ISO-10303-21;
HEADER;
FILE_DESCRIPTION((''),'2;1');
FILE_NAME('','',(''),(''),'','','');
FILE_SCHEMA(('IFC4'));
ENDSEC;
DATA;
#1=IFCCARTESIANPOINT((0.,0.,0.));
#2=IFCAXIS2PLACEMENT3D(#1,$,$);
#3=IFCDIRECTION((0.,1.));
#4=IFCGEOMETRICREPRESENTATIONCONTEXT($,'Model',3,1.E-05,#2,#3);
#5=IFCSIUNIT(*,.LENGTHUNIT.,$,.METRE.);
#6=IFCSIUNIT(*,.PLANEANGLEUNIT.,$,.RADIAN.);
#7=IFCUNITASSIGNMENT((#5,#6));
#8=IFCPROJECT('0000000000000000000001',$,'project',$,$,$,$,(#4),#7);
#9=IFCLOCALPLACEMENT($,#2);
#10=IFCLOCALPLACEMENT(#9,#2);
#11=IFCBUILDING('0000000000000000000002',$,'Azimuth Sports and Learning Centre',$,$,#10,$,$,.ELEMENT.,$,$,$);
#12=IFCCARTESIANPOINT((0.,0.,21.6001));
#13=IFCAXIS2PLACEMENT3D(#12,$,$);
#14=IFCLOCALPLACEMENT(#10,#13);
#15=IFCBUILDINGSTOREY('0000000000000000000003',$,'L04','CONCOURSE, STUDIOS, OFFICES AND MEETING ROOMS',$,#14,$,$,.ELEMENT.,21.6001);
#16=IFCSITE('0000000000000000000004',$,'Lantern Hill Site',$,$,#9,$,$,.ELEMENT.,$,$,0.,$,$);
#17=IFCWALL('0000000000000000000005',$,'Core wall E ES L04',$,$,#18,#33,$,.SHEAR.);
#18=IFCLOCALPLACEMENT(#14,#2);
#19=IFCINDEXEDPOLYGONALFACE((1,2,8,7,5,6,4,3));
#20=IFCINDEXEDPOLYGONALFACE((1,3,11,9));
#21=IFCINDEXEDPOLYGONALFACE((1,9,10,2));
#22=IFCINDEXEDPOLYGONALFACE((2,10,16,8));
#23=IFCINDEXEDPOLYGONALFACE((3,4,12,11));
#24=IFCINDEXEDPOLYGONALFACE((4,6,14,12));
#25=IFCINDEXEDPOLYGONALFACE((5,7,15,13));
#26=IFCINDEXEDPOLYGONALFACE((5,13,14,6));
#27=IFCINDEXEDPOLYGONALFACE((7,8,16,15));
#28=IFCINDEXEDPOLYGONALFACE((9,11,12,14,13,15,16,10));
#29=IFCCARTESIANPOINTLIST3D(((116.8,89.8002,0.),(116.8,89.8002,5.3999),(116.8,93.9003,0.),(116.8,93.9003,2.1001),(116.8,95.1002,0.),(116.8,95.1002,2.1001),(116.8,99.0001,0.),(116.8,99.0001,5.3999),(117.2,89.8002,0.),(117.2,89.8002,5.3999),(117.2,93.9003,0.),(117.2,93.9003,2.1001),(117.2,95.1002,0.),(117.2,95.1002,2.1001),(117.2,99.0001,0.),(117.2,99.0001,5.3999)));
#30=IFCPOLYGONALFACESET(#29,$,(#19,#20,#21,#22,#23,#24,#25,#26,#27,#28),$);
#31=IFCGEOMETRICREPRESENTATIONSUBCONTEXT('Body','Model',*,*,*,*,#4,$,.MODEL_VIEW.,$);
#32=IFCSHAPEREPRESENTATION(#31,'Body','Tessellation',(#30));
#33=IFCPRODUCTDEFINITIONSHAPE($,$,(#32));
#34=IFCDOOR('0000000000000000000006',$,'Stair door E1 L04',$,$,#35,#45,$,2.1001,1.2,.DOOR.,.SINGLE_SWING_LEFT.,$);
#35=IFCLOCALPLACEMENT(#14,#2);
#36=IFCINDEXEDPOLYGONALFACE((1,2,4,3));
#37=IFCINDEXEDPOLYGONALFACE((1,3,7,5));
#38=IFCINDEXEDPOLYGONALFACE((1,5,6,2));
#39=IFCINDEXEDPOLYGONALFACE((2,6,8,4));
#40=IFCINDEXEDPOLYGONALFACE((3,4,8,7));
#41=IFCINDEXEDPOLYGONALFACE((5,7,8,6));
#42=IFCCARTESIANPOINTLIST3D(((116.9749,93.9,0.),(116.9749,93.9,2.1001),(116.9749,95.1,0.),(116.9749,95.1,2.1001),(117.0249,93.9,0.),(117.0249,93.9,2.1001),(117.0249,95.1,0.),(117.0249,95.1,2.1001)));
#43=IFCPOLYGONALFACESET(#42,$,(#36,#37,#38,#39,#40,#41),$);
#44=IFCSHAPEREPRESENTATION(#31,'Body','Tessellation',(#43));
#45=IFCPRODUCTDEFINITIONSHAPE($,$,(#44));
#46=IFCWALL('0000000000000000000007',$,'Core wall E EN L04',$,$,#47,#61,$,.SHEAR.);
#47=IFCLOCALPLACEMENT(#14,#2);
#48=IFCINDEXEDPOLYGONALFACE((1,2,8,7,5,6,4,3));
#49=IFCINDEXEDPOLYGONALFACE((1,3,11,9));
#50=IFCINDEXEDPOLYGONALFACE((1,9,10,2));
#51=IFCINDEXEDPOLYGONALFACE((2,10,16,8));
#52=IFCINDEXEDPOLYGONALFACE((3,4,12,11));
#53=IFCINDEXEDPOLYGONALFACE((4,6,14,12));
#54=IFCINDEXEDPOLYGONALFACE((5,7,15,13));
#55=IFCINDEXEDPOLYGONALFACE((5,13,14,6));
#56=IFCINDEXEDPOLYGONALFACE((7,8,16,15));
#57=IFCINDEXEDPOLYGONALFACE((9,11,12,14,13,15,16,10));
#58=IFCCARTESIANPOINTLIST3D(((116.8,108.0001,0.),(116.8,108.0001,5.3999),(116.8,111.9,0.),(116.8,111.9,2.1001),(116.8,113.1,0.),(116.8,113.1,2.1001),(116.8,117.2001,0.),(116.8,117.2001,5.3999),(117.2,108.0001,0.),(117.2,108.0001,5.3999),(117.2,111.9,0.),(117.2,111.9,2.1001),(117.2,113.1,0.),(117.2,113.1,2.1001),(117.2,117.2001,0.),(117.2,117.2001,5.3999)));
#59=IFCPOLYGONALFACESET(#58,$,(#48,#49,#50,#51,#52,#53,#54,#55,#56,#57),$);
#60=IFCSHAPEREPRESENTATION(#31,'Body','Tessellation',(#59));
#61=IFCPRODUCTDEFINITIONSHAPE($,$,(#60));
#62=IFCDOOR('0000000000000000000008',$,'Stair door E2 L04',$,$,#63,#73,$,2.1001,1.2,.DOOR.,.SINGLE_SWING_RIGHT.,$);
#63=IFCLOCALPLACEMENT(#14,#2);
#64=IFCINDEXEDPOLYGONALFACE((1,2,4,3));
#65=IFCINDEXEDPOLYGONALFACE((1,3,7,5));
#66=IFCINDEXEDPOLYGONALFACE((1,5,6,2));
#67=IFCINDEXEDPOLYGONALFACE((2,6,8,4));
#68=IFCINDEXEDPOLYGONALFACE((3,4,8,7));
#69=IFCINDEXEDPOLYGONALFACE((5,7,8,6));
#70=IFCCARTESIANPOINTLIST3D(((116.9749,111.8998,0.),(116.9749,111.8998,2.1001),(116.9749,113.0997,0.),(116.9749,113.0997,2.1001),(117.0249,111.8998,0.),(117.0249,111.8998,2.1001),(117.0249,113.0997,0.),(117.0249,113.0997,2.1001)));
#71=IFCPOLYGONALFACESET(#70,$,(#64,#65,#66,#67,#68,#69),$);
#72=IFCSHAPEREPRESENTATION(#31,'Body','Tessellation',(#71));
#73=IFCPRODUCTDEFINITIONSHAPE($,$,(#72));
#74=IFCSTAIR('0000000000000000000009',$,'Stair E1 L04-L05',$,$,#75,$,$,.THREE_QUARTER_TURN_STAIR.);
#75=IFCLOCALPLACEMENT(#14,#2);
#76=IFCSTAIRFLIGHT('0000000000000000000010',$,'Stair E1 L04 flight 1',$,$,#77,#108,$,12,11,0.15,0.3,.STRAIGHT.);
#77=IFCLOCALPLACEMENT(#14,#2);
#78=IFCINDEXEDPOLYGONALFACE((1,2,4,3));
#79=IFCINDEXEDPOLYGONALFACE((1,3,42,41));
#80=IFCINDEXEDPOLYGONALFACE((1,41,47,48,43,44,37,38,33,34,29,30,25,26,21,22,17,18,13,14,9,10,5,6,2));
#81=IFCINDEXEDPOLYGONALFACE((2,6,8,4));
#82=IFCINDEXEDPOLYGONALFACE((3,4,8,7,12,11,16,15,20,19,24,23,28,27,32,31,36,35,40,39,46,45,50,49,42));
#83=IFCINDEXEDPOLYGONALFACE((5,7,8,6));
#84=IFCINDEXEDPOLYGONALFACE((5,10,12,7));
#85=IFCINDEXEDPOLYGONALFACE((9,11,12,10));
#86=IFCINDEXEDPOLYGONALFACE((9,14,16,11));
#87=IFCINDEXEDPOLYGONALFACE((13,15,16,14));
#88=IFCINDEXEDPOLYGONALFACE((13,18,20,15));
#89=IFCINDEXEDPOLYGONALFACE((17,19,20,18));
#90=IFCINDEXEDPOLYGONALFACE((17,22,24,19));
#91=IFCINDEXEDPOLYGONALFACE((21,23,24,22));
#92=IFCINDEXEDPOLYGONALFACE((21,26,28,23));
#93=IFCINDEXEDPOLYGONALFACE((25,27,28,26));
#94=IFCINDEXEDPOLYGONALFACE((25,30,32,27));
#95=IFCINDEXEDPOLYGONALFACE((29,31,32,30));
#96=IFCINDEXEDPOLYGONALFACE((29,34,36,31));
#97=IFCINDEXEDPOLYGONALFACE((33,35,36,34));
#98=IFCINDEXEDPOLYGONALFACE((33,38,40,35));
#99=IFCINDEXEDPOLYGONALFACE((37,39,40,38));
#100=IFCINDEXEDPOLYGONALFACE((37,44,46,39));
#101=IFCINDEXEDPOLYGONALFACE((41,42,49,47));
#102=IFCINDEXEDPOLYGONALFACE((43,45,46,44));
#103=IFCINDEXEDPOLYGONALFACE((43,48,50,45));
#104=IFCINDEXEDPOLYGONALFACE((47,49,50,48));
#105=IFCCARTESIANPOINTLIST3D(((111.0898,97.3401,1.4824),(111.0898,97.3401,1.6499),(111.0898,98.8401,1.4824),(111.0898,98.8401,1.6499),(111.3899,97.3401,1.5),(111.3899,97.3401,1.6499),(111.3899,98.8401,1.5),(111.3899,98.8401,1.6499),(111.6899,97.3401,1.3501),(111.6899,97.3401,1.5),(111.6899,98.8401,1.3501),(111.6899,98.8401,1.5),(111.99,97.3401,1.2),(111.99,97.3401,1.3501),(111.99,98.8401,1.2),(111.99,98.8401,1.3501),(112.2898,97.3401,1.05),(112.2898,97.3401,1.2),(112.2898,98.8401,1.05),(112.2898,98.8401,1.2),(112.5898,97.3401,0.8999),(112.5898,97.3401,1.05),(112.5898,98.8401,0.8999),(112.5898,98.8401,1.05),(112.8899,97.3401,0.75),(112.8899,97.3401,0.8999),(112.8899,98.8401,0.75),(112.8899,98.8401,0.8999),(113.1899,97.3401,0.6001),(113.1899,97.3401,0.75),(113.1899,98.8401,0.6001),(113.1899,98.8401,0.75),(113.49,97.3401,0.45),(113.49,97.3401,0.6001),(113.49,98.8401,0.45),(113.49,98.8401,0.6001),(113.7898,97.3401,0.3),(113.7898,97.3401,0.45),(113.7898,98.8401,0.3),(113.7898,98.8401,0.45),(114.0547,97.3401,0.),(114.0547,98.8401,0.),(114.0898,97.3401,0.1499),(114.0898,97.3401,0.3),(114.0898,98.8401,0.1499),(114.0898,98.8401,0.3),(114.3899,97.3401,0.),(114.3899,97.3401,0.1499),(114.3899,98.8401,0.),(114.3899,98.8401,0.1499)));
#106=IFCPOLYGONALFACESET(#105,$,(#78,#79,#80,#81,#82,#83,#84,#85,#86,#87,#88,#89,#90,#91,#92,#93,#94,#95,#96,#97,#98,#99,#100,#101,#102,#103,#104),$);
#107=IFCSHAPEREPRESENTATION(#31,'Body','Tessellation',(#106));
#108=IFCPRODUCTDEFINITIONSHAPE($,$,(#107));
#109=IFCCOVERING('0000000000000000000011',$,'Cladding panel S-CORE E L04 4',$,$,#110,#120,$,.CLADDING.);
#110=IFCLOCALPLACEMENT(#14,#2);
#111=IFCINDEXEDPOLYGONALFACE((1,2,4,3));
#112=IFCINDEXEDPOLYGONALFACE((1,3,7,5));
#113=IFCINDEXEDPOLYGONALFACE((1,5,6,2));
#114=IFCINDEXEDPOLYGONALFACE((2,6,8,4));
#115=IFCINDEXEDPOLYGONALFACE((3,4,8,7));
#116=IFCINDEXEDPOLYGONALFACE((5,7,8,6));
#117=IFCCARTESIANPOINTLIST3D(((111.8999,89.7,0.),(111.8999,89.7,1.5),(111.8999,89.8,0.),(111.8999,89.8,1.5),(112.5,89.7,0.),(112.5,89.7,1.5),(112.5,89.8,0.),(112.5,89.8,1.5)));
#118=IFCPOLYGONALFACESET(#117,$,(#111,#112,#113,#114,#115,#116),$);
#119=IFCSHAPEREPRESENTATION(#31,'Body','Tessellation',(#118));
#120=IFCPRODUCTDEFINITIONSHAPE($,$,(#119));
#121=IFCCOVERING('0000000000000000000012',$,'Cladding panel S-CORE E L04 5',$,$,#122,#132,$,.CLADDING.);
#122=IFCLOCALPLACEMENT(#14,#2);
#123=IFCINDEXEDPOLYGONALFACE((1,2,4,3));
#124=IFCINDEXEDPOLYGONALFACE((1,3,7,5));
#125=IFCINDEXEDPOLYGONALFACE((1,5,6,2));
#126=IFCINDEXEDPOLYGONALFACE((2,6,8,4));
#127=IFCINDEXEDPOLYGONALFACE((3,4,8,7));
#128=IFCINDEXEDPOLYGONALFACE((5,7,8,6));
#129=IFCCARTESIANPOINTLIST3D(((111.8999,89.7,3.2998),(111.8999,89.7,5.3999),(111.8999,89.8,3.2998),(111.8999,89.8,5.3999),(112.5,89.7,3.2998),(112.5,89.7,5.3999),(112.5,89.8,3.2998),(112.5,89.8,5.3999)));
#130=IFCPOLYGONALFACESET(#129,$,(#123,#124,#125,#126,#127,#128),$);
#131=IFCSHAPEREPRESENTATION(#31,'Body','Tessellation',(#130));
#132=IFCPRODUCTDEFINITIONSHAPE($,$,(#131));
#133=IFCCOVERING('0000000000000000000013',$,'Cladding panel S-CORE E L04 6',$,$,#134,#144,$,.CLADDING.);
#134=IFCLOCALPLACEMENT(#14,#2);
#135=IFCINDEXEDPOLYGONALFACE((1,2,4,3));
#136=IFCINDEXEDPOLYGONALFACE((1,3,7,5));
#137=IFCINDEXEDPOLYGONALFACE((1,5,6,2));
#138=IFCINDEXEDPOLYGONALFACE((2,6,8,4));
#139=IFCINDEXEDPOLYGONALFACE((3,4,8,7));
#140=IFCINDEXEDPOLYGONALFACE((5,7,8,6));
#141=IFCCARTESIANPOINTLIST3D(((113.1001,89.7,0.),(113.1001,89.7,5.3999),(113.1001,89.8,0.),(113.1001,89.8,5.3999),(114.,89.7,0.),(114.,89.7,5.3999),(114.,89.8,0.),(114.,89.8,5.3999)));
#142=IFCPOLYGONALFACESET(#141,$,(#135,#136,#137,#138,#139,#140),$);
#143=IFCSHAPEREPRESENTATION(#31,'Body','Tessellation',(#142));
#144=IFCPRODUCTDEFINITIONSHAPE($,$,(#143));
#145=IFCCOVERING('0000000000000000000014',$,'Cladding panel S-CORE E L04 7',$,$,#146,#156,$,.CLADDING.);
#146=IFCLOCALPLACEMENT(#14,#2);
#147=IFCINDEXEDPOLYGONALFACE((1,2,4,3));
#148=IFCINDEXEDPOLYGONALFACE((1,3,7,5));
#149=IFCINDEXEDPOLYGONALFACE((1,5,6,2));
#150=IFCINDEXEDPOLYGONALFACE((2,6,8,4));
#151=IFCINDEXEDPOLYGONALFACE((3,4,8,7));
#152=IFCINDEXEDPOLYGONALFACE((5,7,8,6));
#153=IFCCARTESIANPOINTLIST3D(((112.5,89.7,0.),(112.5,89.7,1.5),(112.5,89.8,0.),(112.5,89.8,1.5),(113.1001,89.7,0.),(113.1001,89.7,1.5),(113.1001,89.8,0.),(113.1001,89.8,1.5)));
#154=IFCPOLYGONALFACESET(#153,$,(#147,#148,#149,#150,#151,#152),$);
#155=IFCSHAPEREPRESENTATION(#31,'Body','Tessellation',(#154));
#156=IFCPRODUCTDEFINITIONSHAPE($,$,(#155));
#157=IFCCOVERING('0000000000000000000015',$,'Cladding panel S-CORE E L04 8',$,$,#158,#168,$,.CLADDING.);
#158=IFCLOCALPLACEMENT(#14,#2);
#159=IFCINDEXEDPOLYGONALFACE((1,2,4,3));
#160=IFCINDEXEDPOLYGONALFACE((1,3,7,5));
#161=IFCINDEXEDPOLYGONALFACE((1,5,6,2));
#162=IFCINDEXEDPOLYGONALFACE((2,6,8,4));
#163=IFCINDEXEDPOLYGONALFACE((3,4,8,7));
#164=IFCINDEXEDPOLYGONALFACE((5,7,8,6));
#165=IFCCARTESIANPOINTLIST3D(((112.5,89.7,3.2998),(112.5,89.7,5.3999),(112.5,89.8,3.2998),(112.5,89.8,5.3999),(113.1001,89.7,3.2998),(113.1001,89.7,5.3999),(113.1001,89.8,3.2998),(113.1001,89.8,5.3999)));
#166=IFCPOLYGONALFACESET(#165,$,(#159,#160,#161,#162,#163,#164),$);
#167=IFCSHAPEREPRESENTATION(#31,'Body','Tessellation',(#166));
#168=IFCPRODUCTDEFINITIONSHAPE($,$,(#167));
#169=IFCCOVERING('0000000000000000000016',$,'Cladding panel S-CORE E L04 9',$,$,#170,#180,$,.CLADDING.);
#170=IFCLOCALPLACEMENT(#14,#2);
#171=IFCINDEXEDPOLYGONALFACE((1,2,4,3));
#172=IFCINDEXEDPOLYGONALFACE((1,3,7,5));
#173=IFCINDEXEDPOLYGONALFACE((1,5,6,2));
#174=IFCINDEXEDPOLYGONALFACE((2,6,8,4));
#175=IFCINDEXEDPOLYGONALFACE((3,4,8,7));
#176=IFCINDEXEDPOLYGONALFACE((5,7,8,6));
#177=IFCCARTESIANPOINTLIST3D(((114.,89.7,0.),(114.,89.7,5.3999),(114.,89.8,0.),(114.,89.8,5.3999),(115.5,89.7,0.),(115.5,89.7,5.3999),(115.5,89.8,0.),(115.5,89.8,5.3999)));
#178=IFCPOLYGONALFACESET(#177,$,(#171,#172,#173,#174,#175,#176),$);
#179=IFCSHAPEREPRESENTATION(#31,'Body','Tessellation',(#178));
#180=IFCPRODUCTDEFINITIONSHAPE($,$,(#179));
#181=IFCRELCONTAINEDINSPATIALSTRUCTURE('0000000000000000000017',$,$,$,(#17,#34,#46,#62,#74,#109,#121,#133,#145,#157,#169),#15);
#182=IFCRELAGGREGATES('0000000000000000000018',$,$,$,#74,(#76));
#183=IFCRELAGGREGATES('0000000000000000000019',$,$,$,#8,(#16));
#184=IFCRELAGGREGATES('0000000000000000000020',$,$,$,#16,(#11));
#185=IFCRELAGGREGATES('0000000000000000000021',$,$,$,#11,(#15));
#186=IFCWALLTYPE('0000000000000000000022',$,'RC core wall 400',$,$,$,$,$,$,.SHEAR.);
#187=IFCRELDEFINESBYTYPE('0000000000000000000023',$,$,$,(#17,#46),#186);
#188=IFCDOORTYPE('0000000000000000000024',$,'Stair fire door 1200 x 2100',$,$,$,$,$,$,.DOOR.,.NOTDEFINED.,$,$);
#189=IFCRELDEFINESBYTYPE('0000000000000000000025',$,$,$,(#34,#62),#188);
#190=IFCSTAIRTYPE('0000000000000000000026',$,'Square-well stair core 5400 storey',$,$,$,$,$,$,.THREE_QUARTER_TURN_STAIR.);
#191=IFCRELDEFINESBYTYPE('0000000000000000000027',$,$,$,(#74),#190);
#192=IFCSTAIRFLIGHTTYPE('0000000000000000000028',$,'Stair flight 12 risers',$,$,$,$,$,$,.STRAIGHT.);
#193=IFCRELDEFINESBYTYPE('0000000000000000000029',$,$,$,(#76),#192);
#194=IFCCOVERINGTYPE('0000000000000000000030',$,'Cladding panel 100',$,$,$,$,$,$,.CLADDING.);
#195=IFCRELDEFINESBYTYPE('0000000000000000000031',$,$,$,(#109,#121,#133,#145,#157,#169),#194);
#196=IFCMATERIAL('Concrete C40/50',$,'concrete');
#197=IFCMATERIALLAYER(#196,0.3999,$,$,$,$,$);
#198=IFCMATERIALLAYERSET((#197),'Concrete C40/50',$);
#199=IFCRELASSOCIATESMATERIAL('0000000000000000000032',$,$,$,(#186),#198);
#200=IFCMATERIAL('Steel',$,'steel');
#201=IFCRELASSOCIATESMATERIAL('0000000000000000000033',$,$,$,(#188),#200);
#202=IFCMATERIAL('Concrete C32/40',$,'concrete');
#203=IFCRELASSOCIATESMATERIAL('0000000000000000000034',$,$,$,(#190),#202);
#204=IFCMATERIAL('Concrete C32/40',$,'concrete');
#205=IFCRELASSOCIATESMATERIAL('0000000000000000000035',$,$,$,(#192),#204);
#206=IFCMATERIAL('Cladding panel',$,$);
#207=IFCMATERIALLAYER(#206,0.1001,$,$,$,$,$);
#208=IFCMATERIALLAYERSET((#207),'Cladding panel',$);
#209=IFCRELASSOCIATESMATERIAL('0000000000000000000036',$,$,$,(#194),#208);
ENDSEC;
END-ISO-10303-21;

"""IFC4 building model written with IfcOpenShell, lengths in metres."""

from ifc_helpers import new_model, si_unit, direction, frame, frame_2d, origin, origin_2d, place, context, subcontext, project, spatial, polyline, rectangle, outline, extrude, material, layer, layer_set, type_object, element, fill, aggregate, save


model = new_model("IFC4")

# Units and contexts
model_context = context("Model", 3, precision=1e-05, world=origin(), true_north=direction((0.0, 1.0)))
body_context = subcontext(model_context, "Body", "Model", "MODEL_VIEW")
ifc_project = project(units=[si_unit("LENGTHUNIT", "METRE"), si_unit("PLANEANGLEUNIT", "RADIAN")], contexts=[model_context])

# Site, building, storey
site_placement = place(None, origin())
site = spatial("IfcSite", under=ifc_project, at=site_placement, Name="Lantern Hill Site", CompositionType="ELEMENT", RefElevation=0.0)
building_placement = place(site_placement, origin())
building = spatial("IfcBuilding", under=site, at=building_placement, Name="Azimuth Sports and Learning Centre", CompositionType="ELEMENT")
storey_placement = place(building_placement, frame((0.0, 0.0, 21.6001)))
storey = spatial("IfcBuildingStorey", under=building, at=storey_placement, Name="L04", Description="CONCOURSE, STUDIOS, OFFICES AND MEETING ROOMS", CompositionType="ELEMENT", Elevation=21.6001)

# Walls, openings, doors
ifc_material_1 = material(Name="Concrete C40/50", Category="concrete")
ifc_layer_1 = layer(ifc_material_1, 0.3999)
ifc_layer_set_1 = layer_set([ifc_layer_1], Name="Concrete C40/50")
wall_type_1 = type_object("IfcWallType", Name="RC core wall 400", PredefinedType="SHEAR", material=ifc_layer_set_1)
wall_1_placement = place(storey_placement, frame((117.0, 89.8, 0.0), z_axis=(0.0, 0.0, 1.0), x_axis=(0.0, 1.0, 0.0)))
wall_1 = element("IfcWall", 1, at=wall_1_placement, inside=storey, type_object=wall_type_1, Name="Core wall E ES L04", PredefinedType="SHEAR", context=body_context, shape_type="SweptSolid", body=[
    extrude(rectangle(XDim=9.2, YDim=0.3999, at=frame_2d((4.6001, 0.0))), origin(), (0.0, 0.0, 1.0), 5.3999),
])
opening_1_placement = place(wall_1_placement, frame((4.1001, 0.0, 0.0)))
opening_1 = element("IfcOpeningElement", 2, at=opening_1_placement, cuts=wall_1, PredefinedType="OPENING", context=body_context, shape_type="SweptSolid", body=[
    extrude(rectangle(XDim=1.2, YDim=2.1001, at=frame_2d((0.6001, 1.05))), frame((0.0, 0.2109, 0.0), z_axis=(0.0, -1.0, 0.0), x_axis=(1.0, 0.0, 0.0)), (0.0, 0.0, 1.0), 0.4219),
])
ifc_material_2 = material(Name="Steel", Category="steel")
door_type_1 = type_object("IfcDoorType", Name="Stair fire door 1200 x 2100", OperationType="NOTDEFINED", PredefinedType="DOOR", material=ifc_material_2)
door_1_placement = place(opening_1_placement, frame((1.2, 0.0, 0.0), z_axis=(0.0, 0.0, 1.0), x_axis=(-1.0, 0.0, 0.0)))
door_1 = element("IfcDoor", 3, at=door_1_placement, inside=storey, type_object=door_type_1, Name="Stair door E1 L04", OperationType="SINGLE_SWING_LEFT", OverallHeight=2.1001, OverallWidth=1.2, PredefinedType="DOOR", context=body_context, shape_type="SweptSolid", body=[
    extrude(rectangle(XDim=1.2, YDim=2.1001, at=frame_2d((0.6001, 1.05))), frame((0.0, 0.0249, 0.0), z_axis=(0.0, -1.0, 0.0), x_axis=(1.0, 0.0, 0.0)), (0.0, 0.0, 1.0), 0.05),
])
fill(opening_1, door_1)
wall_2_placement = place(storey_placement, frame((117.0, 108.0, 0.0), z_axis=(0.0, 0.0, 1.0), x_axis=(0.0, 1.0, 0.0)))
wall_2 = element("IfcWall", 4, at=wall_2_placement, inside=storey, type_object=wall_type_1, Name="Core wall E EN L04", PredefinedType="SHEAR", context=body_context, shape_type="SweptSolid", body=[
    extrude(rectangle(XDim=9.2, YDim=0.3999, at=frame_2d((4.6001, 0.0))), origin(), (0.0, 0.0, 1.0), 5.3999),
])
opening_2_placement = place(wall_2_placement, frame((3.8999, 0.0, 0.0)))
opening_2 = element("IfcOpeningElement", 5, at=opening_2_placement, cuts=wall_2, PredefinedType="OPENING", context=body_context, shape_type="SweptSolid", body=[
    extrude(rectangle(XDim=1.2, YDim=2.1001, at=frame_2d((0.6001, 1.05))), frame((0.0, 0.2109, 0.0), z_axis=(0.0, -1.0, 0.0), x_axis=(1.0, 0.0, 0.0)), (0.0, 0.0, 1.0), 0.4219),
])
door_2_placement = place(opening_2_placement, frame((1.2, 0.0, 0.0), z_axis=(0.0, 0.0, 1.0), x_axis=(-1.0, 0.0, 0.0)))
door_2 = element("IfcDoor", 6, at=door_2_placement, inside=storey, type_object=door_type_1, Name="Stair door E2 L04", OperationType="SINGLE_SWING_RIGHT", OverallHeight=2.1001, OverallWidth=1.2, PredefinedType="DOOR", context=body_context, shape_type="SweptSolid", body=[
    extrude(rectangle(XDim=1.2, YDim=2.1001, at=frame_2d((0.6001, 1.05))), frame((0.0, 0.0249, 0.0), z_axis=(0.0, -1.0, 0.0), x_axis=(1.0, 0.0, 0.0)), (0.0, 0.0, 1.0), 0.05),
])
fill(opening_2, door_2)

# Stair, stair flight
ifc_material_3 = material(Name="Concrete C32/40", Category="concrete")
stair_type = type_object("IfcStairType", Name="Square-well stair core 5400 storey", PredefinedType="THREE_QUARTER_TURN_STAIR", material=ifc_material_3)
stair_placement = place(storey_placement, origin())
stair = element("IfcStair", 7, at=stair_placement, inside=storey, type_object=stair_type, Name="Stair E1 L04-L05", PredefinedType="THREE_QUARTER_TURN_STAIR")
ifc_material_4 = material(Name="Concrete C32/40", Category="concrete")
stair_flight_type = type_object("IfcStairFlightType", Name="Stair flight 12 risers", PredefinedType="STRAIGHT", material=ifc_material_4)
stair_flight_placement = place(storey_placement, frame((114.3899, 98.0901, 0.0), z_axis=(0.0, 0.0, 1.0), x_axis=(-1.0, 0.0, 0.0)))
stair_flight = element("IfcStairFlight", 8, at=stair_flight_placement, type_object=stair_flight_type, Name="Stair E1 L04 flight 1", NumberOfRisers=12, NumberOfTreads=11, PredefinedType="STRAIGHT", RiserHeight=0.15, TreadLength=0.3, context=body_context, shape_type="SweptSolid", body=[
    extrude(outline(polyline([(0.0, 0.0), (0.0, 0.1499), (0.3, 0.1499), (0.3, 0.3), (0.6001, 0.3), (0.6001, 0.45), (0.8999, 0.45), (0.8999, 0.6001), (1.2, 0.6001), (1.2, 0.75), (1.5, 0.75), (1.5, 0.8999), (1.8, 0.8999), (1.8, 1.05), (2.1001, 1.05), (2.1001, 1.2), (2.3999, 1.2), (2.3999, 1.3501), (2.7, 1.3501), (2.7, 1.5), (3.0, 1.5), (3.0, 1.6499), (3.3, 1.6499), (3.3, 1.8), (3.3, 1.4824), (0.3352, 0.0), (0.0, 0.0)])), frame((0.0, 0.75, 0.0), z_axis=(0.0, -1.0, 0.0), x_axis=(1.0, 0.0, 0.0)), (0.0, 0.0, 1.0), 1.5),
])
aggregate(stair, [stair_flight])

# Coverings
ifc_material_5 = material(Name="Cladding panel")
ifc_layer_2 = layer(ifc_material_5, 0.1001)
ifc_layer_set_2 = layer_set([ifc_layer_2], Name="Cladding panel")
covering_type = type_object("IfcCoveringType", Name="Cladding panel 100", PredefinedType="CLADDING", material=ifc_layer_set_2)
covering_1_placement = place(storey_placement, frame((112.2, 89.75, 0.0), z_axis=(0.0, 0.0, 1.0), x_axis=(1.0, 0.0, 0.0)))
element("IfcCovering", 9, at=covering_1_placement, inside=storey, type_object=covering_type, Name="Cladding panel S-CORE E L04 4", PredefinedType="CLADDING", context=body_context, shape_type="SweptSolid", body=[
    extrude(rectangle(XDim=0.6001, YDim=0.1001, at=origin_2d()), origin(), (0.0, 0.0, 1.0), 1.5),
])
covering_2_placement = place(storey_placement, frame((112.2, 89.75, 3.2998), z_axis=(0.0, 0.0, 1.0), x_axis=(1.0, 0.0, 0.0)))
element("IfcCovering", 10, at=covering_2_placement, inside=storey, type_object=covering_type, Name="Cladding panel S-CORE E L04 5", PredefinedType="CLADDING", context=body_context, shape_type="SweptSolid", body=[
    extrude(rectangle(XDim=0.6001, YDim=0.1001, at=origin_2d()), origin(), (0.0, 0.0, 1.0), 2.1001),
])
covering_3_placement = place(storey_placement, frame((113.55, 89.75, 0.0), z_axis=(0.0, 0.0, 1.0), x_axis=(1.0, 0.0, 0.0)))
element("IfcCovering", 11, at=covering_3_placement, inside=storey, type_object=covering_type, Name="Cladding panel S-CORE E L04 6", PredefinedType="CLADDING", context=body_context, shape_type="SweptSolid", body=[
    extrude(rectangle(XDim=0.8999, YDim=0.1001, at=origin_2d()), origin(), (0.0, 0.0, 1.0), 5.3999),
])
covering_4_placement = place(storey_placement, frame((112.8, 89.75, 0.0), z_axis=(0.0, 0.0, 1.0), x_axis=(1.0, 0.0, 0.0)))
element("IfcCovering", 12, at=covering_4_placement, inside=storey, type_object=covering_type, Name="Cladding panel S-CORE E L04 7", PredefinedType="CLADDING", context=body_context, shape_type="SweptSolid", body=[
    extrude(rectangle(XDim=0.6001, YDim=0.1001, at=origin_2d()), origin(), (0.0, 0.0, 1.0), 1.5),
])
covering_5_placement = place(storey_placement, frame((112.8, 89.75, 3.2998), z_axis=(0.0, 0.0, 1.0), x_axis=(1.0, 0.0, 0.0)))
element("IfcCovering", 13, at=covering_5_placement, inside=storey, type_object=covering_type, Name="Cladding panel S-CORE E L04 8", PredefinedType="CLADDING", context=body_context, shape_type="SweptSolid", body=[
    extrude(rectangle(XDim=0.6001, YDim=0.1001, at=origin_2d()), origin(), (0.0, 0.0, 1.0), 2.1001),
])
covering_6_placement = place(storey_placement, frame((114.75, 89.75, 0.0), z_axis=(0.0, 0.0, 1.0), x_axis=(1.0, 0.0, 0.0)))
element("IfcCovering", 14, at=covering_6_placement, inside=storey, type_object=covering_type, Name="Cladding panel S-CORE E L04 9", PredefinedType="CLADDING", context=body_context, shape_type="SweptSolid", body=[
    extrude(rectangle(XDim=1.5, YDim=0.1001, at=origin_2d()), origin(), (0.0, 0.0, 1.0), 5.3999),
])

save(model, "model.ifc")
